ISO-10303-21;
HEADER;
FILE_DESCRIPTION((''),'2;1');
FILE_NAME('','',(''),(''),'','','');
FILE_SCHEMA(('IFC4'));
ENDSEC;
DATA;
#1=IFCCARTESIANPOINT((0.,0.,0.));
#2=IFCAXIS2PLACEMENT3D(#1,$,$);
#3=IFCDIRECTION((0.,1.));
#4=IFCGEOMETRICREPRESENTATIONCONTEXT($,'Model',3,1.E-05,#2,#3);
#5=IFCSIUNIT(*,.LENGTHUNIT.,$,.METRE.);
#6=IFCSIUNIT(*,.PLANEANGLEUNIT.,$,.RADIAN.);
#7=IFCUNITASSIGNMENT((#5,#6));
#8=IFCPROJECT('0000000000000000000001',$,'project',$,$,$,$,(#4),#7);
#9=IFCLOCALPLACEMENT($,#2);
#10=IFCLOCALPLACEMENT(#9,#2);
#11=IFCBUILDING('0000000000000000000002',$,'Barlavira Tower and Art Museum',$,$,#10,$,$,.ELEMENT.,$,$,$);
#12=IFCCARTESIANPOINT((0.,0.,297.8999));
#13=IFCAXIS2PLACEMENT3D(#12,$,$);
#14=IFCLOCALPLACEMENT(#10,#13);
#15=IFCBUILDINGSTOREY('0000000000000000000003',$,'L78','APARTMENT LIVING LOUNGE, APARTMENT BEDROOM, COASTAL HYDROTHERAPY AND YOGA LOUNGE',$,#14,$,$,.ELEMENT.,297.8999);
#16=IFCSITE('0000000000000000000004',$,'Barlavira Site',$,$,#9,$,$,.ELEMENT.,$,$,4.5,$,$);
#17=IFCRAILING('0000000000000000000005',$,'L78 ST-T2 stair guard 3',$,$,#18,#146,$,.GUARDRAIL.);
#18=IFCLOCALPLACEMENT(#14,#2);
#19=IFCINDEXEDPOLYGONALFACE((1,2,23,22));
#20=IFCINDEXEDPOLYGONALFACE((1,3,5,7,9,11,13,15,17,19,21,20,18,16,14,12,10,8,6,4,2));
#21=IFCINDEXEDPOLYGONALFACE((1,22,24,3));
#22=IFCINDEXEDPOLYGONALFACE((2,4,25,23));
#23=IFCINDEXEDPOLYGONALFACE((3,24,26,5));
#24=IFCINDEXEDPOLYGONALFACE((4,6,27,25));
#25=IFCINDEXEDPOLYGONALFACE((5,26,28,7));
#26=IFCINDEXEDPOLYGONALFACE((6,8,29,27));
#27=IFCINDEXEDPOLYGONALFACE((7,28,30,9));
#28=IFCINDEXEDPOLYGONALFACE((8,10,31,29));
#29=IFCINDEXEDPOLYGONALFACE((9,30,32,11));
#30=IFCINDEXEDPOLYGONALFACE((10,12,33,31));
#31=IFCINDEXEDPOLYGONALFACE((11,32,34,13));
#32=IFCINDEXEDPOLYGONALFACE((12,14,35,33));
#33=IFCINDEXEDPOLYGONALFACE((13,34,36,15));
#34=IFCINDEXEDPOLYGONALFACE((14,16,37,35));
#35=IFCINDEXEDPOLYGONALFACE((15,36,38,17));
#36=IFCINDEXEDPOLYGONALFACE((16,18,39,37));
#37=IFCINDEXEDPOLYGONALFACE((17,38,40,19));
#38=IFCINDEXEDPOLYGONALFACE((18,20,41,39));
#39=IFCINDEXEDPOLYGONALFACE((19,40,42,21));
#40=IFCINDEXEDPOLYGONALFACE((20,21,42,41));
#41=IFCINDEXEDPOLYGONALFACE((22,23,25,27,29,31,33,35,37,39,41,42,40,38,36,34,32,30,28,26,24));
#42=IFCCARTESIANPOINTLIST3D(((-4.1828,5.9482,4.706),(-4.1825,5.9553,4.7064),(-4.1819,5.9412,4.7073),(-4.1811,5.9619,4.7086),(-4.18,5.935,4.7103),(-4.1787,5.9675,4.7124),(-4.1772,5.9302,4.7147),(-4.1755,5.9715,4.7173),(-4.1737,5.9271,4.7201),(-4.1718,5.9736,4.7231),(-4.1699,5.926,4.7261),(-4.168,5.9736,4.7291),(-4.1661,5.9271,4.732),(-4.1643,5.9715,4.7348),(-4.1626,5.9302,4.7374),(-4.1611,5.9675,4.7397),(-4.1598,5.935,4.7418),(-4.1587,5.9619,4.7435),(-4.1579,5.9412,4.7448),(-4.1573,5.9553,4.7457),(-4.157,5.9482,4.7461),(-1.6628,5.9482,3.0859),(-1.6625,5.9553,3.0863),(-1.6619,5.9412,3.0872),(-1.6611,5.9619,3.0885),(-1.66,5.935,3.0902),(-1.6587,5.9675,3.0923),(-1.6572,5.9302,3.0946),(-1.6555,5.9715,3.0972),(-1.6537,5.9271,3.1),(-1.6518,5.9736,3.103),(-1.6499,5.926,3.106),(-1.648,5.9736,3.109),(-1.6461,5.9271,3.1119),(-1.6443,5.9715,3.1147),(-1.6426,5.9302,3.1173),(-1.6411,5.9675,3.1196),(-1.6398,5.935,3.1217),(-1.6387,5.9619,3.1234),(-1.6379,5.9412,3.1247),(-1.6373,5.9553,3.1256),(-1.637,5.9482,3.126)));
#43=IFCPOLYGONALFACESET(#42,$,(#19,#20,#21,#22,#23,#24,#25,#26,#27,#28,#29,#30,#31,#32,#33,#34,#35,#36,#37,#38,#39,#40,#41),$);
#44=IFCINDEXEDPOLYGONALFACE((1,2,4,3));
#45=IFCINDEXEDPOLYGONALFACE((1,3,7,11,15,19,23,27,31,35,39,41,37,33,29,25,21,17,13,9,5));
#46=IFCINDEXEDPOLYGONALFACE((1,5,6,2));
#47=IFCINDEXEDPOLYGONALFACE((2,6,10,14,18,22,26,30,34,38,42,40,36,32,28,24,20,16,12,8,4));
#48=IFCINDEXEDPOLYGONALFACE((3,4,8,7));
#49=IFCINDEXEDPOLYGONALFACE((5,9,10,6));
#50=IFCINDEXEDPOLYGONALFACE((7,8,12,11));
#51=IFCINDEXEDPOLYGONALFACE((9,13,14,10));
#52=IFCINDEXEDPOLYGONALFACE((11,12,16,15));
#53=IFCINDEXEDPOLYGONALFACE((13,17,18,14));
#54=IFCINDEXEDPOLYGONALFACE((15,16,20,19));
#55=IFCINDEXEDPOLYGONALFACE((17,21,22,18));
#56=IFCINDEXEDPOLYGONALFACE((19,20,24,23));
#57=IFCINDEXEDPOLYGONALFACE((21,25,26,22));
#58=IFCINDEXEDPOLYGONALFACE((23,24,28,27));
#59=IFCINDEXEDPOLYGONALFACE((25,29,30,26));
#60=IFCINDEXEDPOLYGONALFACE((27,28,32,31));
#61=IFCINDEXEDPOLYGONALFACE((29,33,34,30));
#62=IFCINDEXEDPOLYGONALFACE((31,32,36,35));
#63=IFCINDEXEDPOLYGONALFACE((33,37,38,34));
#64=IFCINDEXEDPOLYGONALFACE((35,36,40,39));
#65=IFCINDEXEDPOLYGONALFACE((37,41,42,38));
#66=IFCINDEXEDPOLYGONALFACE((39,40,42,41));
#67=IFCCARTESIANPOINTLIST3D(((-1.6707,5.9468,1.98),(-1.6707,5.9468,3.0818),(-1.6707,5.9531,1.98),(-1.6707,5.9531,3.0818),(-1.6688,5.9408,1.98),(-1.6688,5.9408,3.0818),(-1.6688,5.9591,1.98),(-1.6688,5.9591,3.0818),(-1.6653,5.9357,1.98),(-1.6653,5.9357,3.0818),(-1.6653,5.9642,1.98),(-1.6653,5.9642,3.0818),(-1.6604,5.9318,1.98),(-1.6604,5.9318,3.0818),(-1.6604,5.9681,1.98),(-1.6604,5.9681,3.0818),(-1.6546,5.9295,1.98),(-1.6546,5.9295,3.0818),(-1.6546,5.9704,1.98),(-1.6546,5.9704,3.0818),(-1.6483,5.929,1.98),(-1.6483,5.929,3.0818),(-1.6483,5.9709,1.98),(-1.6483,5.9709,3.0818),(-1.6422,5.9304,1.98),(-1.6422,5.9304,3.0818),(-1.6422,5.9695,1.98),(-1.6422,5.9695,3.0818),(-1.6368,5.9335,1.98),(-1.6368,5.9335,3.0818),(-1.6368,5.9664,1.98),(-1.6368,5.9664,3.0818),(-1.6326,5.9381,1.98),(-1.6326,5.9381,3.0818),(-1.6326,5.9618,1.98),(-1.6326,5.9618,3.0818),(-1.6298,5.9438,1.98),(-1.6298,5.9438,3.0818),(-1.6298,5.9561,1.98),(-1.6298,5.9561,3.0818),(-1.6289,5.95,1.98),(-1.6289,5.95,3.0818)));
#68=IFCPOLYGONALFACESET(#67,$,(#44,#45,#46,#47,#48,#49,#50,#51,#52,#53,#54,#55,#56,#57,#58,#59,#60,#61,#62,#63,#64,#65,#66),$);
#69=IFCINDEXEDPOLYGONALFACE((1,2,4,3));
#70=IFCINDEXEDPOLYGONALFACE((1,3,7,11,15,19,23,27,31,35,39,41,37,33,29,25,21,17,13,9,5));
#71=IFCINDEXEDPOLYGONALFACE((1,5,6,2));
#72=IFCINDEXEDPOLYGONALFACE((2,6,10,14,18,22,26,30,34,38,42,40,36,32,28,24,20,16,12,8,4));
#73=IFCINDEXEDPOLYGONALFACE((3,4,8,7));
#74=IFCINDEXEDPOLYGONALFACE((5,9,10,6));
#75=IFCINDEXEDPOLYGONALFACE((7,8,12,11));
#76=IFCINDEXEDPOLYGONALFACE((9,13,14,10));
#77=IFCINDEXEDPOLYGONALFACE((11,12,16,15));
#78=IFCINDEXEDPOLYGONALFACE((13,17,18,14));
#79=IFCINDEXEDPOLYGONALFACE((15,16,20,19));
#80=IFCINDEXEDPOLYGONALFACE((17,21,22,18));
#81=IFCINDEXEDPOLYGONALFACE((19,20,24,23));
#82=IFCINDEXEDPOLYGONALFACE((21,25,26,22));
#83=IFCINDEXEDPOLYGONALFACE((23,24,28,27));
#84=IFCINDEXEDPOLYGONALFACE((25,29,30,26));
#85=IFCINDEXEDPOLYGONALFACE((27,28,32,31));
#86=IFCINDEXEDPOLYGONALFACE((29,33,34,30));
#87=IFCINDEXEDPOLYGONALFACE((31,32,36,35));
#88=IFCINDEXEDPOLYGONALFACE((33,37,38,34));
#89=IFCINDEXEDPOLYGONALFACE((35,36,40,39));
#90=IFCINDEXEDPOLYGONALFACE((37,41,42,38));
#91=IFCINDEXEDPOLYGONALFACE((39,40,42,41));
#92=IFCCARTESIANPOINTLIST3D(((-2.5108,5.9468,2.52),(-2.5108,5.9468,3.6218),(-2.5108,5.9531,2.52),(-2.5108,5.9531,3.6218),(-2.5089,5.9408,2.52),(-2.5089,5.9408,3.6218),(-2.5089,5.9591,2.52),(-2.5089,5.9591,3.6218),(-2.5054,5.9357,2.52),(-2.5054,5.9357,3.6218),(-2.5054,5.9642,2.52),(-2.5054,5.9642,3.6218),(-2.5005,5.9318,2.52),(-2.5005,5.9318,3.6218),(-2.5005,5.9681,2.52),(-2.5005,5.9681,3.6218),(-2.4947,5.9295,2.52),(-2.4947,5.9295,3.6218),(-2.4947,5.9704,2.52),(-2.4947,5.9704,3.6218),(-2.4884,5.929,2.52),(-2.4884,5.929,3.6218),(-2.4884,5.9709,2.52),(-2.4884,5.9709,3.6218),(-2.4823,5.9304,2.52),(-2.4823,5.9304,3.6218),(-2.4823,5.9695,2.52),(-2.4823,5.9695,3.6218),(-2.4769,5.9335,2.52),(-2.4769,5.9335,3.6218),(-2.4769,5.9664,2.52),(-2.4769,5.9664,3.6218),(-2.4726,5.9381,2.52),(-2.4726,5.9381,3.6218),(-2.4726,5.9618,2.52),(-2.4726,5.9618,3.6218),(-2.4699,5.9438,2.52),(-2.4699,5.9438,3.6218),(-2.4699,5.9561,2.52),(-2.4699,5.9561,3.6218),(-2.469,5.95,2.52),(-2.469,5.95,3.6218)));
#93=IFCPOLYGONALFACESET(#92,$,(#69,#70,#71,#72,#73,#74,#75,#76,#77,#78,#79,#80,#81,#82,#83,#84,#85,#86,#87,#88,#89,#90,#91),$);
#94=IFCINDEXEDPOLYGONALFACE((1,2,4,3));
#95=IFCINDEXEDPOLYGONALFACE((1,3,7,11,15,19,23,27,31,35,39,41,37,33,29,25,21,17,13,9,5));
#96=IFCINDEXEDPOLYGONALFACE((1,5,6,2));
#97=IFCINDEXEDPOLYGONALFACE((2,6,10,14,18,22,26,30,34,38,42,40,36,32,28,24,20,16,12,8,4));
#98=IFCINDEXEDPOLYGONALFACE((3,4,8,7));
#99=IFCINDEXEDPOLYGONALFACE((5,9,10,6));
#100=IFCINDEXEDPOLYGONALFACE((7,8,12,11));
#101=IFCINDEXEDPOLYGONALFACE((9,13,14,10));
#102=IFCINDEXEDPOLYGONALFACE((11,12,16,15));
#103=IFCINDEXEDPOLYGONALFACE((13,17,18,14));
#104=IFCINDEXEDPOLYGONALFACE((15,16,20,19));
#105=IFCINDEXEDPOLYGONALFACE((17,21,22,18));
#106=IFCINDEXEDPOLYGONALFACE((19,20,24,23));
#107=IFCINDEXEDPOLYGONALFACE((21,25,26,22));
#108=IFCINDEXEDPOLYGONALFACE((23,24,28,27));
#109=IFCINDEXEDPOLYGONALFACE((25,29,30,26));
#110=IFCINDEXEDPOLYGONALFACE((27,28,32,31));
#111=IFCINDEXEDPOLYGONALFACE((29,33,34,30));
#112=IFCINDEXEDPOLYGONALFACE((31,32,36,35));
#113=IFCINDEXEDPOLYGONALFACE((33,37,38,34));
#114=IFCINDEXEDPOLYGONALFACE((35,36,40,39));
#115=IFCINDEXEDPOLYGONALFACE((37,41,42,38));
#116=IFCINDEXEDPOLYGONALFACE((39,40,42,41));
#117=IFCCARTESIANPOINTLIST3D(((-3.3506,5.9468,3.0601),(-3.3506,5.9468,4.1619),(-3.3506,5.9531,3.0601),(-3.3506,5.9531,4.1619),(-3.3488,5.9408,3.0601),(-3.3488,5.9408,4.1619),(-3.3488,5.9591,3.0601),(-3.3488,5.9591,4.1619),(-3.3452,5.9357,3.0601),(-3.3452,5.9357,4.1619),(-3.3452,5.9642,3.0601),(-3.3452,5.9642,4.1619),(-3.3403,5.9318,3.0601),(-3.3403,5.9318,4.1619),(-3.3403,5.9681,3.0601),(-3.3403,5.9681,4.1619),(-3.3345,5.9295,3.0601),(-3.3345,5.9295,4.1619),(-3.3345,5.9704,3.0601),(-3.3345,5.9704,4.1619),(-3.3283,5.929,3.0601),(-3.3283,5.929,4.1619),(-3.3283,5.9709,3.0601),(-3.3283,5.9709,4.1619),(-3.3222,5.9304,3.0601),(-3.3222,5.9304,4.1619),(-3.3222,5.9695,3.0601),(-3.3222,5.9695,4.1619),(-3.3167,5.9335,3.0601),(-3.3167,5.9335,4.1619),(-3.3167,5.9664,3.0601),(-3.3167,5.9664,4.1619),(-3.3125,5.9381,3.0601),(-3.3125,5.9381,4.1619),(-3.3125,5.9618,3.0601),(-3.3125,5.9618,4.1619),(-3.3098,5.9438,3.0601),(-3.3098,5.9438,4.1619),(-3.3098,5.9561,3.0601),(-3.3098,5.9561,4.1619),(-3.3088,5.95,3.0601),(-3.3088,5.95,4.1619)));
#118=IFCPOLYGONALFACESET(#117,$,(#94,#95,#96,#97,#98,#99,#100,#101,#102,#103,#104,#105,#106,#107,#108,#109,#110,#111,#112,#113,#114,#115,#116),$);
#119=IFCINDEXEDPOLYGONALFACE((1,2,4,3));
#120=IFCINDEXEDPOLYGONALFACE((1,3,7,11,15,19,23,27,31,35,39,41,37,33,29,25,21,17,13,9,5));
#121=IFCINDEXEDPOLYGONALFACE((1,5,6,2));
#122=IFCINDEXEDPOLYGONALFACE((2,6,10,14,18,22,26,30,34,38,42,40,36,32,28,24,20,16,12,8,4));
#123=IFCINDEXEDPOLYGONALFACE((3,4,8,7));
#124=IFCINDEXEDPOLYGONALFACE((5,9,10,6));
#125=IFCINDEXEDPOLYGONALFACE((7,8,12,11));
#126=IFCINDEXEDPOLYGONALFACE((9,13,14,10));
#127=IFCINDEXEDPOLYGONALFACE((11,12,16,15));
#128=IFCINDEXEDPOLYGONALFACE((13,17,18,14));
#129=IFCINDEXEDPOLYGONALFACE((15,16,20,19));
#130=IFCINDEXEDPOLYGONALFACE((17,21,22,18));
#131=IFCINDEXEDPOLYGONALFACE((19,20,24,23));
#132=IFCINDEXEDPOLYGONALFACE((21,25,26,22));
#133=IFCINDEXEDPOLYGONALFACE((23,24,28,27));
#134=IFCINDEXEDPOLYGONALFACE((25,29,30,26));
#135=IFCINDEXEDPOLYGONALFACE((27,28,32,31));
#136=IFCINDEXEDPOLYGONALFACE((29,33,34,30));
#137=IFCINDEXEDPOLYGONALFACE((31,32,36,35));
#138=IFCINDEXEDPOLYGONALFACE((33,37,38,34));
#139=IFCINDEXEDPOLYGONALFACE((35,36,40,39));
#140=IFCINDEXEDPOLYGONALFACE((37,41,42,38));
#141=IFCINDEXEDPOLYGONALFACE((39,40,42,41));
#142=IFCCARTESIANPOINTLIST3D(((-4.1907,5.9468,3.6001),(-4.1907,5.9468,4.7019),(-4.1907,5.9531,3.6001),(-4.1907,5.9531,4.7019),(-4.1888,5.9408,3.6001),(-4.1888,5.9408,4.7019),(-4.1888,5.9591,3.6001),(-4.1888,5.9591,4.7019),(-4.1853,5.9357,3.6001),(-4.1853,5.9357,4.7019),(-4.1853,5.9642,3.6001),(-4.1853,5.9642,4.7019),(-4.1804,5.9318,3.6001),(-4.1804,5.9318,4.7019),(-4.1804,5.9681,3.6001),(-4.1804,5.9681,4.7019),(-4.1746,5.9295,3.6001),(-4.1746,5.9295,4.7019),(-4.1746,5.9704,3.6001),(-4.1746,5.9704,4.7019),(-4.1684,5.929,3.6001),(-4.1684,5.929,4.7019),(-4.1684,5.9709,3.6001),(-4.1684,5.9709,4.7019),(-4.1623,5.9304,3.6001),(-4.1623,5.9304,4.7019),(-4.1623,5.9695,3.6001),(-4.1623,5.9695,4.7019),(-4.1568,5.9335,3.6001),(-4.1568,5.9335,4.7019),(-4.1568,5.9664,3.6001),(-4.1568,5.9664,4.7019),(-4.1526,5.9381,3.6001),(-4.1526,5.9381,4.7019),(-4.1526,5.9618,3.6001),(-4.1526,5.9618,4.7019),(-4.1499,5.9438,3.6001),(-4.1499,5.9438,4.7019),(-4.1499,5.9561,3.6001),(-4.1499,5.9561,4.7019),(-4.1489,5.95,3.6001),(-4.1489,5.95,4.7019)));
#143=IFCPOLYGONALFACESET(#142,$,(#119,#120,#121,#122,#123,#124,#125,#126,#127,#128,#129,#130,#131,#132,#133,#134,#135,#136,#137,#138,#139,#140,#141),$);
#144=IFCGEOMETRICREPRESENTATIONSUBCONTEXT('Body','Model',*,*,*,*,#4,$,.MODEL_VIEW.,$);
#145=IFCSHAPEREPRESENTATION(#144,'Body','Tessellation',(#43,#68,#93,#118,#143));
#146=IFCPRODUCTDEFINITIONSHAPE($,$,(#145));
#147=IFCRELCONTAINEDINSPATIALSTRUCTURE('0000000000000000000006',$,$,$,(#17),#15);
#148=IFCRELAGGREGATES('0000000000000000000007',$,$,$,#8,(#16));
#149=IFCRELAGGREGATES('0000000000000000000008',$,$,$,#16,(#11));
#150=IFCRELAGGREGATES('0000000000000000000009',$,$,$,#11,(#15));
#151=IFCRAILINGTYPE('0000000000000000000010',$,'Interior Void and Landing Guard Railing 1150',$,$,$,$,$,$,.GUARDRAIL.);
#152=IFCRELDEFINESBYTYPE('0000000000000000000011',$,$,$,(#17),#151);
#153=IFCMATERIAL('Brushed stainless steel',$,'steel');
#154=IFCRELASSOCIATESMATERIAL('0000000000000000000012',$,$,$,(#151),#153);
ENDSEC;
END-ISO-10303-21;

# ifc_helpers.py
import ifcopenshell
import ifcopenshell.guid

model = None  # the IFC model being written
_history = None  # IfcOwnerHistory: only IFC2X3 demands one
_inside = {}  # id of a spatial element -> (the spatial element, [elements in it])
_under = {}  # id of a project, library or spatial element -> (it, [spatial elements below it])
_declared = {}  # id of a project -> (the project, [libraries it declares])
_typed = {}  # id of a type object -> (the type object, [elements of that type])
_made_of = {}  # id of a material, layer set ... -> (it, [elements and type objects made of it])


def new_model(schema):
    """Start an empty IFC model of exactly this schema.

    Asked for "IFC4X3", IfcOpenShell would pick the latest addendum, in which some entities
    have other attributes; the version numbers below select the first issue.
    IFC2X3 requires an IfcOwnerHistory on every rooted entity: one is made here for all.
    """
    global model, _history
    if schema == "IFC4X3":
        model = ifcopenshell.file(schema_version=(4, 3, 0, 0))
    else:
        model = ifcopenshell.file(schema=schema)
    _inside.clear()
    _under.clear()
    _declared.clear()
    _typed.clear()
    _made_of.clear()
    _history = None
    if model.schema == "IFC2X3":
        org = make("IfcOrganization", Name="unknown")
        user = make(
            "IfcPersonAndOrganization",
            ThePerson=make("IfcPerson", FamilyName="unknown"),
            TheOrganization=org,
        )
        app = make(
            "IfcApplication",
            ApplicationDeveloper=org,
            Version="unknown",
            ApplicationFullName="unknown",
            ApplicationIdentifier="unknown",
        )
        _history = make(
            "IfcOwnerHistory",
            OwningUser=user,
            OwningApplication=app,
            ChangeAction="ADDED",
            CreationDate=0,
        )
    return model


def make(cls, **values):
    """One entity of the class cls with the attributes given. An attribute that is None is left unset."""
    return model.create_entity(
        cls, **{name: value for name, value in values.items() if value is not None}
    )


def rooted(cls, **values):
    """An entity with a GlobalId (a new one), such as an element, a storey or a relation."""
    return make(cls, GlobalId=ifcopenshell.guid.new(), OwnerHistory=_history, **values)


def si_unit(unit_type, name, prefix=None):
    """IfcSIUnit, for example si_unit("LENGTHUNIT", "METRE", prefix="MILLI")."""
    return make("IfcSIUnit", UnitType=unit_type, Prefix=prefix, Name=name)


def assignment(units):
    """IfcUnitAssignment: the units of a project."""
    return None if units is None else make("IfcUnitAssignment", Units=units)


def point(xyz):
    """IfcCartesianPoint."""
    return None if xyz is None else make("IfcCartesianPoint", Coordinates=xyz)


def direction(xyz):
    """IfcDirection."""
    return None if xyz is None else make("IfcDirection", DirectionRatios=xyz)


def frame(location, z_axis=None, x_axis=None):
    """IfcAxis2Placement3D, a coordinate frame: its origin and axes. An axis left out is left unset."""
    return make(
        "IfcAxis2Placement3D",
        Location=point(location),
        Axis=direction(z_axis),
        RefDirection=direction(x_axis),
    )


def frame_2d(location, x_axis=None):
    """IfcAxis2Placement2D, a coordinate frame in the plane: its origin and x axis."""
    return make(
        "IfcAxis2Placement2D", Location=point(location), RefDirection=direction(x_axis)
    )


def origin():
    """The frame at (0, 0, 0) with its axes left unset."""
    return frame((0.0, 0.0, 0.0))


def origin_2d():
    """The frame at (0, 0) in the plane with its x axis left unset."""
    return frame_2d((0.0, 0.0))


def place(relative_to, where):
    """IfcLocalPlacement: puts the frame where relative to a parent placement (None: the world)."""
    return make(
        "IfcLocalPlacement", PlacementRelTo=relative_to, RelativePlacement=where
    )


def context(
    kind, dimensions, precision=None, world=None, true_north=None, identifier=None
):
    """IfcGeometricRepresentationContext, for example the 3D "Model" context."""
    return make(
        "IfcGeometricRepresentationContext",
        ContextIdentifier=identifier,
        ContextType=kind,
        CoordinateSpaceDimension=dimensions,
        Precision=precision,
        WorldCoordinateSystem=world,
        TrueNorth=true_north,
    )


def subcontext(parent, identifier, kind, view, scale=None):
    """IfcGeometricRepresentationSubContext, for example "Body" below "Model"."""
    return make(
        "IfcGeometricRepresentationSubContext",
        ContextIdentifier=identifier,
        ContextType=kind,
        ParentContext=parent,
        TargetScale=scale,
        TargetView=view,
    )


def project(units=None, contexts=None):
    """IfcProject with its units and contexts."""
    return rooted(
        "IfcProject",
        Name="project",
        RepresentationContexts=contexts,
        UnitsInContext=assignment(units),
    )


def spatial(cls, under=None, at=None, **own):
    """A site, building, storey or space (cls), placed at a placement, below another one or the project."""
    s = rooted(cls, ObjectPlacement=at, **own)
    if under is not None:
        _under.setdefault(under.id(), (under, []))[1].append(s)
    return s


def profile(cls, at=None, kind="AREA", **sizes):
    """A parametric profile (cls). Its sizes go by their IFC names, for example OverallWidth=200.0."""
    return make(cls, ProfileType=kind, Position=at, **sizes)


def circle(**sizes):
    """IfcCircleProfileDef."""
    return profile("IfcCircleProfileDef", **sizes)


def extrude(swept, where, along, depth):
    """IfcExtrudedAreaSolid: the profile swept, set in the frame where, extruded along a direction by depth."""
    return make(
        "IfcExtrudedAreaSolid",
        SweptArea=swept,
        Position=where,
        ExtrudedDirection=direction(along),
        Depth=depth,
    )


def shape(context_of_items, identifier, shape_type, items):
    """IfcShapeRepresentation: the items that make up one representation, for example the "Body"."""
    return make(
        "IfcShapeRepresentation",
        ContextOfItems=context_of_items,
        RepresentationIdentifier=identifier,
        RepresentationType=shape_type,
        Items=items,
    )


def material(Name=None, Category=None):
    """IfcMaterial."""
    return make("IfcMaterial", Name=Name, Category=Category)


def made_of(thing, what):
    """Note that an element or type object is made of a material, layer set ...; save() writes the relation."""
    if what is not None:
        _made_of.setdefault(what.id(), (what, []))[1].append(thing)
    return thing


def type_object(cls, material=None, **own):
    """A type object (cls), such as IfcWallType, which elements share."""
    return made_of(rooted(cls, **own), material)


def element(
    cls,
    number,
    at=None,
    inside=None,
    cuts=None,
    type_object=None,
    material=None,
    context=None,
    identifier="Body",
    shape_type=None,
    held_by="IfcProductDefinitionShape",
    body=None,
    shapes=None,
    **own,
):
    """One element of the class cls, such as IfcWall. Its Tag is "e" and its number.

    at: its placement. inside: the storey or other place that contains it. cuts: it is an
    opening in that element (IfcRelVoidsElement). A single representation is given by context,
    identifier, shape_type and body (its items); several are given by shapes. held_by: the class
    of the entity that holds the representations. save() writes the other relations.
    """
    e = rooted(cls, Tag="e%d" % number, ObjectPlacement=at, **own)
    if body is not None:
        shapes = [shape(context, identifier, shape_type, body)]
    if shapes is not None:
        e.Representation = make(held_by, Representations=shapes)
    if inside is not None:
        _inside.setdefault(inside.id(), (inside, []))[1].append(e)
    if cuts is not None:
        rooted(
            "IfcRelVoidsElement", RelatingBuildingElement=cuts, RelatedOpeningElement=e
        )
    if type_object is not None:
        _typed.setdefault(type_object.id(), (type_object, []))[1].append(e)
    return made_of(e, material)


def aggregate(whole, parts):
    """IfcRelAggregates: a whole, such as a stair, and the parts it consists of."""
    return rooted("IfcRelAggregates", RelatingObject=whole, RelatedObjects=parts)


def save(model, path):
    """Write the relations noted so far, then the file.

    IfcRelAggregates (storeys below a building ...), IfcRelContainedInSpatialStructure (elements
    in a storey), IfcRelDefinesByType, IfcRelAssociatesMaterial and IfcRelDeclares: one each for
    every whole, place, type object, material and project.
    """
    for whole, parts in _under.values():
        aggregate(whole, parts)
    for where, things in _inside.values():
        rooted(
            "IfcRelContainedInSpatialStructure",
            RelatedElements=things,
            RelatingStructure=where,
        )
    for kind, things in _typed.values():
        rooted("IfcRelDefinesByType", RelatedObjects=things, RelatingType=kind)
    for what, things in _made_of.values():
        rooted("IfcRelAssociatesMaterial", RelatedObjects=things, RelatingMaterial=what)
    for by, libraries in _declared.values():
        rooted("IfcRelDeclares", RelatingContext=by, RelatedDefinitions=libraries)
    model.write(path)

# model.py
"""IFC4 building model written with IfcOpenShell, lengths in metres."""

from ifc_helpers import new_model, si_unit, direction, frame, origin, origin_2d, place, context, subcontext, project, spatial, circle, extrude, material, type_object, element, save


model = new_model("IFC4")

# Units and contexts
model_context = context("Model", 3, precision=1e-05, world=origin(), true_north=direction((0.0, 1.0)))
body_context = subcontext(model_context, "Body", "Model", "MODEL_VIEW")
ifc_project = project(units=[si_unit("LENGTHUNIT", "METRE"), si_unit("PLANEANGLEUNIT", "RADIAN")], contexts=[model_context])

# Site, building, storey
site_placement = place(None, origin())
site = spatial("IfcSite", under=ifc_project, at=site_placement, Name="Barlavira Site", CompositionType="ELEMENT", RefElevation=4.5)
building_placement = place(site_placement, origin())
building = spatial("IfcBuilding", under=site, at=building_placement, Name="Barlavira Tower and Art Museum", CompositionType="ELEMENT")
storey_placement = place(building_placement, frame((0.0, 0.0, 297.8999)))
storey = spatial("IfcBuildingStorey", under=building, at=storey_placement, Name="L78", Description="APARTMENT LIVING LOUNGE, APARTMENT BEDROOM, COASTAL HYDROTHERAPY AND YOGA LOUNGE", CompositionType="ELEMENT", Elevation=297.8999)

# Shared definitions
ifc_material_1 = material(Name="Brushed stainless steel", Category="steel")

# Railing
railing_type_1 = type_object("IfcRailingType", Name="Interior Void and Landing Guard Railing 1150", PredefinedType="GUARDRAIL", material=ifc_material_1)
railing_1_placement = place(storey_placement, frame((-1.6499, 5.95, 1.98)))
element("IfcRailing", 1, at=railing_1_placement, inside=storey, type_object=railing_type_1, Name="L78 ST-T2 stair guard 3", PredefinedType="GUARDRAIL", context=body_context, shape_type="SweptSolid", body=[
    extrude(circle(Radius=0.0239, at=origin_2d()), frame((0.0, 0.0, 1.126), z_axis=(-0.841163, 0.0, 0.540782), x_axis=(0.0, -1.0, 0.0)), (0.0, 0.0, 1.0), 2.9958),
    extrude(circle(Radius=0.021, at=origin_2d()), origin(), (0.0, 0.0, 1.0), 1.1018),
    extrude(circle(Radius=0.021, at=origin_2d()), frame((-0.8401, 0.0, 0.54)), (0.0, 0.0, 1.0), 1.1018),
    extrude(circle(Radius=0.021, at=origin_2d()), frame((-1.6799, 0.0, 1.0801)), (0.0, 0.0, 1.0), 1.1018),
    extrude(circle(Radius=0.021, at=origin_2d()), frame((-2.52, 0.0, 1.6201)), (0.0, 0.0, 1.0), 1.1018),
])

save(model, "model.ifc")
